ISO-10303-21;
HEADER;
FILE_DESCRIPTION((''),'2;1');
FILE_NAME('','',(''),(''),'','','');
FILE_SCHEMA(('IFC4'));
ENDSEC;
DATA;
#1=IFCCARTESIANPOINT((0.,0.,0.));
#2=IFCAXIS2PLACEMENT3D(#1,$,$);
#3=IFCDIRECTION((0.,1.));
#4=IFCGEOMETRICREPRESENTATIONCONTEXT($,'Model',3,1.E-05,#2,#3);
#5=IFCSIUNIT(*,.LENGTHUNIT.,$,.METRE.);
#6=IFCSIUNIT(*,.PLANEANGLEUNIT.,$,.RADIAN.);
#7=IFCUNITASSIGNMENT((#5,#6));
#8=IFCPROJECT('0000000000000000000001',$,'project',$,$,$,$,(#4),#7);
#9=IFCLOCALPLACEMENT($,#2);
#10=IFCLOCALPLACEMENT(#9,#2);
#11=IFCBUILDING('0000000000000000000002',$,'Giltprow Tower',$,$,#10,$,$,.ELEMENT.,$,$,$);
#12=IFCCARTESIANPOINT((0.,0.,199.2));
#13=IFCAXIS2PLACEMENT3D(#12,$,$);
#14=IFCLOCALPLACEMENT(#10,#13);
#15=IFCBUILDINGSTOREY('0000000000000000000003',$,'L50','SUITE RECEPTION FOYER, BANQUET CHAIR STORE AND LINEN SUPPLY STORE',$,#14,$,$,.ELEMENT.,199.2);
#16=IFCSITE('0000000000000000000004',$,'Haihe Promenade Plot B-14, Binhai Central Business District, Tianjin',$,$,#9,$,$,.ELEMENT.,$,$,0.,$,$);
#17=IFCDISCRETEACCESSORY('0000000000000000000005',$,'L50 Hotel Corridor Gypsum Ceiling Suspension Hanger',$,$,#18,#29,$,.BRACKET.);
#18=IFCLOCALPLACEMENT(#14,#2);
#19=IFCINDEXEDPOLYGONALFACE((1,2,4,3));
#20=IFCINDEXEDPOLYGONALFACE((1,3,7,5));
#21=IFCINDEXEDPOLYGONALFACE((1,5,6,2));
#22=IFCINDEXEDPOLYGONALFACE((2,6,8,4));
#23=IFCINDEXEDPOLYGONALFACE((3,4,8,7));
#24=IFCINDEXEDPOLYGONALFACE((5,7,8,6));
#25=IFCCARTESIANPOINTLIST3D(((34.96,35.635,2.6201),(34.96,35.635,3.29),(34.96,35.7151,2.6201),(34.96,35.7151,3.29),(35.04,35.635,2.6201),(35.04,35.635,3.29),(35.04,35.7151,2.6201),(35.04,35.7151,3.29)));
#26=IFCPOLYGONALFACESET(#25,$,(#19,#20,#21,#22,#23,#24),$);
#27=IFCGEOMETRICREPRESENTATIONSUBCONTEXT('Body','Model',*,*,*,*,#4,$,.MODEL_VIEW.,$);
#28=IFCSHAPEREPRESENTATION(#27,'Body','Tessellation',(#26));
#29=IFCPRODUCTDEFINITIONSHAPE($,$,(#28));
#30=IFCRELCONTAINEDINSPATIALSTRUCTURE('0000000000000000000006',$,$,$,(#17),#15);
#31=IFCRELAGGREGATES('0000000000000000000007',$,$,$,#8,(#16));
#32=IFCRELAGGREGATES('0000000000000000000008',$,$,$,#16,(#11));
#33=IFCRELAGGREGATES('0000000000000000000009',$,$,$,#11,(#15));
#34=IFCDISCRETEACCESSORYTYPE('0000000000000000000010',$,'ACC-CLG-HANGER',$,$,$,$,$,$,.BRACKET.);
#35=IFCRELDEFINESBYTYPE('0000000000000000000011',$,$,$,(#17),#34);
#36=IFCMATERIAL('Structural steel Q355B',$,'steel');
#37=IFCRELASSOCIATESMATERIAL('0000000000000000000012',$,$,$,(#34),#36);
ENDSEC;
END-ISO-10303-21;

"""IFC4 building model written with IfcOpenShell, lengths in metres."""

from ifc_helpers import new_model, si_unit, direction, frame, origin, origin_2d, place, context, subcontext, project, spatial, rectangle, extrude, source, transform, mapped, material, type_object, element, save


model = new_model("IFC4")

# Units and contexts
model_context = context("Model", 3, precision=1e-05, world=origin(), true_north=direction((0.0, 1.0)))
body_context = subcontext(model_context, "Body", "Model", "MODEL_VIEW")
ifc_project = project(units=[si_unit("LENGTHUNIT", "METRE"), si_unit("PLANEANGLEUNIT", "RADIAN")], contexts=[model_context])

# Site, building, storey
site_placement = place(None, origin())
site = spatial("IfcSite", under=ifc_project, at=site_placement, Name="Haihe Promenade Plot B-14, Binhai Central Business District, Tianjin", CompositionType="ELEMENT", RefElevation=0.0)
building_placement = place(site_placement, origin())
building = spatial("IfcBuilding", under=site, at=building_placement, Name="Giltprow Tower", CompositionType="ELEMENT")
storey_placement = place(building_placement, frame((0.0, 0.0, 199.2)))
storey = spatial("IfcBuildingStorey", under=building, at=storey_placement, Name="L50", Description="SUITE RECEPTION FOYER, BANQUET CHAIR STORE AND LINEN SUPPLY STORE", CompositionType="ELEMENT", Elevation=199.2)

# Shared definitions
ifc_material_1 = material(Name="Structural steel Q355B", Category="steel")

# Discrete accessory
discrete_accessory_type = type_object("IfcDiscreteAccessoryType", Name="ACC-CLG-HANGER", PredefinedType="BRACKET", material=ifc_material_1)
shared_shape_1 = source(origin(), body_context, "Body", "SweptSolid", [
    extrude(rectangle(XDim=0.0801, YDim=0.0801, at=origin_2d()), origin(), (0.0, 0.0, 1.0), 0.6699),
])
discrete_accessory_placement = place(storey_placement, frame((35.0, 35.675, 2.6201), z_axis=(0.0, 0.0, 1.0), x_axis=(1.0, 0.0, 0.0)))
element("IfcDiscreteAccessory", 1, at=discrete_accessory_placement, inside=storey, type_object=discrete_accessory_type, Name="L50 Hotel Corridor Gypsum Ceiling Suspension Hanger", PredefinedType="BRACKET", context=body_context, shape_type="MappedRepresentation", body=[
    mapped(shared_shape_1, transform((0.0, 0.0, 0.0), x_axis=(1.0, 0.0, 0.0), y_axis=(0.0, 1.0, 0.0), z_axis=(0.0, 0.0, 1.0), scale=1.0)),
])

save(model, "model.ifc")
